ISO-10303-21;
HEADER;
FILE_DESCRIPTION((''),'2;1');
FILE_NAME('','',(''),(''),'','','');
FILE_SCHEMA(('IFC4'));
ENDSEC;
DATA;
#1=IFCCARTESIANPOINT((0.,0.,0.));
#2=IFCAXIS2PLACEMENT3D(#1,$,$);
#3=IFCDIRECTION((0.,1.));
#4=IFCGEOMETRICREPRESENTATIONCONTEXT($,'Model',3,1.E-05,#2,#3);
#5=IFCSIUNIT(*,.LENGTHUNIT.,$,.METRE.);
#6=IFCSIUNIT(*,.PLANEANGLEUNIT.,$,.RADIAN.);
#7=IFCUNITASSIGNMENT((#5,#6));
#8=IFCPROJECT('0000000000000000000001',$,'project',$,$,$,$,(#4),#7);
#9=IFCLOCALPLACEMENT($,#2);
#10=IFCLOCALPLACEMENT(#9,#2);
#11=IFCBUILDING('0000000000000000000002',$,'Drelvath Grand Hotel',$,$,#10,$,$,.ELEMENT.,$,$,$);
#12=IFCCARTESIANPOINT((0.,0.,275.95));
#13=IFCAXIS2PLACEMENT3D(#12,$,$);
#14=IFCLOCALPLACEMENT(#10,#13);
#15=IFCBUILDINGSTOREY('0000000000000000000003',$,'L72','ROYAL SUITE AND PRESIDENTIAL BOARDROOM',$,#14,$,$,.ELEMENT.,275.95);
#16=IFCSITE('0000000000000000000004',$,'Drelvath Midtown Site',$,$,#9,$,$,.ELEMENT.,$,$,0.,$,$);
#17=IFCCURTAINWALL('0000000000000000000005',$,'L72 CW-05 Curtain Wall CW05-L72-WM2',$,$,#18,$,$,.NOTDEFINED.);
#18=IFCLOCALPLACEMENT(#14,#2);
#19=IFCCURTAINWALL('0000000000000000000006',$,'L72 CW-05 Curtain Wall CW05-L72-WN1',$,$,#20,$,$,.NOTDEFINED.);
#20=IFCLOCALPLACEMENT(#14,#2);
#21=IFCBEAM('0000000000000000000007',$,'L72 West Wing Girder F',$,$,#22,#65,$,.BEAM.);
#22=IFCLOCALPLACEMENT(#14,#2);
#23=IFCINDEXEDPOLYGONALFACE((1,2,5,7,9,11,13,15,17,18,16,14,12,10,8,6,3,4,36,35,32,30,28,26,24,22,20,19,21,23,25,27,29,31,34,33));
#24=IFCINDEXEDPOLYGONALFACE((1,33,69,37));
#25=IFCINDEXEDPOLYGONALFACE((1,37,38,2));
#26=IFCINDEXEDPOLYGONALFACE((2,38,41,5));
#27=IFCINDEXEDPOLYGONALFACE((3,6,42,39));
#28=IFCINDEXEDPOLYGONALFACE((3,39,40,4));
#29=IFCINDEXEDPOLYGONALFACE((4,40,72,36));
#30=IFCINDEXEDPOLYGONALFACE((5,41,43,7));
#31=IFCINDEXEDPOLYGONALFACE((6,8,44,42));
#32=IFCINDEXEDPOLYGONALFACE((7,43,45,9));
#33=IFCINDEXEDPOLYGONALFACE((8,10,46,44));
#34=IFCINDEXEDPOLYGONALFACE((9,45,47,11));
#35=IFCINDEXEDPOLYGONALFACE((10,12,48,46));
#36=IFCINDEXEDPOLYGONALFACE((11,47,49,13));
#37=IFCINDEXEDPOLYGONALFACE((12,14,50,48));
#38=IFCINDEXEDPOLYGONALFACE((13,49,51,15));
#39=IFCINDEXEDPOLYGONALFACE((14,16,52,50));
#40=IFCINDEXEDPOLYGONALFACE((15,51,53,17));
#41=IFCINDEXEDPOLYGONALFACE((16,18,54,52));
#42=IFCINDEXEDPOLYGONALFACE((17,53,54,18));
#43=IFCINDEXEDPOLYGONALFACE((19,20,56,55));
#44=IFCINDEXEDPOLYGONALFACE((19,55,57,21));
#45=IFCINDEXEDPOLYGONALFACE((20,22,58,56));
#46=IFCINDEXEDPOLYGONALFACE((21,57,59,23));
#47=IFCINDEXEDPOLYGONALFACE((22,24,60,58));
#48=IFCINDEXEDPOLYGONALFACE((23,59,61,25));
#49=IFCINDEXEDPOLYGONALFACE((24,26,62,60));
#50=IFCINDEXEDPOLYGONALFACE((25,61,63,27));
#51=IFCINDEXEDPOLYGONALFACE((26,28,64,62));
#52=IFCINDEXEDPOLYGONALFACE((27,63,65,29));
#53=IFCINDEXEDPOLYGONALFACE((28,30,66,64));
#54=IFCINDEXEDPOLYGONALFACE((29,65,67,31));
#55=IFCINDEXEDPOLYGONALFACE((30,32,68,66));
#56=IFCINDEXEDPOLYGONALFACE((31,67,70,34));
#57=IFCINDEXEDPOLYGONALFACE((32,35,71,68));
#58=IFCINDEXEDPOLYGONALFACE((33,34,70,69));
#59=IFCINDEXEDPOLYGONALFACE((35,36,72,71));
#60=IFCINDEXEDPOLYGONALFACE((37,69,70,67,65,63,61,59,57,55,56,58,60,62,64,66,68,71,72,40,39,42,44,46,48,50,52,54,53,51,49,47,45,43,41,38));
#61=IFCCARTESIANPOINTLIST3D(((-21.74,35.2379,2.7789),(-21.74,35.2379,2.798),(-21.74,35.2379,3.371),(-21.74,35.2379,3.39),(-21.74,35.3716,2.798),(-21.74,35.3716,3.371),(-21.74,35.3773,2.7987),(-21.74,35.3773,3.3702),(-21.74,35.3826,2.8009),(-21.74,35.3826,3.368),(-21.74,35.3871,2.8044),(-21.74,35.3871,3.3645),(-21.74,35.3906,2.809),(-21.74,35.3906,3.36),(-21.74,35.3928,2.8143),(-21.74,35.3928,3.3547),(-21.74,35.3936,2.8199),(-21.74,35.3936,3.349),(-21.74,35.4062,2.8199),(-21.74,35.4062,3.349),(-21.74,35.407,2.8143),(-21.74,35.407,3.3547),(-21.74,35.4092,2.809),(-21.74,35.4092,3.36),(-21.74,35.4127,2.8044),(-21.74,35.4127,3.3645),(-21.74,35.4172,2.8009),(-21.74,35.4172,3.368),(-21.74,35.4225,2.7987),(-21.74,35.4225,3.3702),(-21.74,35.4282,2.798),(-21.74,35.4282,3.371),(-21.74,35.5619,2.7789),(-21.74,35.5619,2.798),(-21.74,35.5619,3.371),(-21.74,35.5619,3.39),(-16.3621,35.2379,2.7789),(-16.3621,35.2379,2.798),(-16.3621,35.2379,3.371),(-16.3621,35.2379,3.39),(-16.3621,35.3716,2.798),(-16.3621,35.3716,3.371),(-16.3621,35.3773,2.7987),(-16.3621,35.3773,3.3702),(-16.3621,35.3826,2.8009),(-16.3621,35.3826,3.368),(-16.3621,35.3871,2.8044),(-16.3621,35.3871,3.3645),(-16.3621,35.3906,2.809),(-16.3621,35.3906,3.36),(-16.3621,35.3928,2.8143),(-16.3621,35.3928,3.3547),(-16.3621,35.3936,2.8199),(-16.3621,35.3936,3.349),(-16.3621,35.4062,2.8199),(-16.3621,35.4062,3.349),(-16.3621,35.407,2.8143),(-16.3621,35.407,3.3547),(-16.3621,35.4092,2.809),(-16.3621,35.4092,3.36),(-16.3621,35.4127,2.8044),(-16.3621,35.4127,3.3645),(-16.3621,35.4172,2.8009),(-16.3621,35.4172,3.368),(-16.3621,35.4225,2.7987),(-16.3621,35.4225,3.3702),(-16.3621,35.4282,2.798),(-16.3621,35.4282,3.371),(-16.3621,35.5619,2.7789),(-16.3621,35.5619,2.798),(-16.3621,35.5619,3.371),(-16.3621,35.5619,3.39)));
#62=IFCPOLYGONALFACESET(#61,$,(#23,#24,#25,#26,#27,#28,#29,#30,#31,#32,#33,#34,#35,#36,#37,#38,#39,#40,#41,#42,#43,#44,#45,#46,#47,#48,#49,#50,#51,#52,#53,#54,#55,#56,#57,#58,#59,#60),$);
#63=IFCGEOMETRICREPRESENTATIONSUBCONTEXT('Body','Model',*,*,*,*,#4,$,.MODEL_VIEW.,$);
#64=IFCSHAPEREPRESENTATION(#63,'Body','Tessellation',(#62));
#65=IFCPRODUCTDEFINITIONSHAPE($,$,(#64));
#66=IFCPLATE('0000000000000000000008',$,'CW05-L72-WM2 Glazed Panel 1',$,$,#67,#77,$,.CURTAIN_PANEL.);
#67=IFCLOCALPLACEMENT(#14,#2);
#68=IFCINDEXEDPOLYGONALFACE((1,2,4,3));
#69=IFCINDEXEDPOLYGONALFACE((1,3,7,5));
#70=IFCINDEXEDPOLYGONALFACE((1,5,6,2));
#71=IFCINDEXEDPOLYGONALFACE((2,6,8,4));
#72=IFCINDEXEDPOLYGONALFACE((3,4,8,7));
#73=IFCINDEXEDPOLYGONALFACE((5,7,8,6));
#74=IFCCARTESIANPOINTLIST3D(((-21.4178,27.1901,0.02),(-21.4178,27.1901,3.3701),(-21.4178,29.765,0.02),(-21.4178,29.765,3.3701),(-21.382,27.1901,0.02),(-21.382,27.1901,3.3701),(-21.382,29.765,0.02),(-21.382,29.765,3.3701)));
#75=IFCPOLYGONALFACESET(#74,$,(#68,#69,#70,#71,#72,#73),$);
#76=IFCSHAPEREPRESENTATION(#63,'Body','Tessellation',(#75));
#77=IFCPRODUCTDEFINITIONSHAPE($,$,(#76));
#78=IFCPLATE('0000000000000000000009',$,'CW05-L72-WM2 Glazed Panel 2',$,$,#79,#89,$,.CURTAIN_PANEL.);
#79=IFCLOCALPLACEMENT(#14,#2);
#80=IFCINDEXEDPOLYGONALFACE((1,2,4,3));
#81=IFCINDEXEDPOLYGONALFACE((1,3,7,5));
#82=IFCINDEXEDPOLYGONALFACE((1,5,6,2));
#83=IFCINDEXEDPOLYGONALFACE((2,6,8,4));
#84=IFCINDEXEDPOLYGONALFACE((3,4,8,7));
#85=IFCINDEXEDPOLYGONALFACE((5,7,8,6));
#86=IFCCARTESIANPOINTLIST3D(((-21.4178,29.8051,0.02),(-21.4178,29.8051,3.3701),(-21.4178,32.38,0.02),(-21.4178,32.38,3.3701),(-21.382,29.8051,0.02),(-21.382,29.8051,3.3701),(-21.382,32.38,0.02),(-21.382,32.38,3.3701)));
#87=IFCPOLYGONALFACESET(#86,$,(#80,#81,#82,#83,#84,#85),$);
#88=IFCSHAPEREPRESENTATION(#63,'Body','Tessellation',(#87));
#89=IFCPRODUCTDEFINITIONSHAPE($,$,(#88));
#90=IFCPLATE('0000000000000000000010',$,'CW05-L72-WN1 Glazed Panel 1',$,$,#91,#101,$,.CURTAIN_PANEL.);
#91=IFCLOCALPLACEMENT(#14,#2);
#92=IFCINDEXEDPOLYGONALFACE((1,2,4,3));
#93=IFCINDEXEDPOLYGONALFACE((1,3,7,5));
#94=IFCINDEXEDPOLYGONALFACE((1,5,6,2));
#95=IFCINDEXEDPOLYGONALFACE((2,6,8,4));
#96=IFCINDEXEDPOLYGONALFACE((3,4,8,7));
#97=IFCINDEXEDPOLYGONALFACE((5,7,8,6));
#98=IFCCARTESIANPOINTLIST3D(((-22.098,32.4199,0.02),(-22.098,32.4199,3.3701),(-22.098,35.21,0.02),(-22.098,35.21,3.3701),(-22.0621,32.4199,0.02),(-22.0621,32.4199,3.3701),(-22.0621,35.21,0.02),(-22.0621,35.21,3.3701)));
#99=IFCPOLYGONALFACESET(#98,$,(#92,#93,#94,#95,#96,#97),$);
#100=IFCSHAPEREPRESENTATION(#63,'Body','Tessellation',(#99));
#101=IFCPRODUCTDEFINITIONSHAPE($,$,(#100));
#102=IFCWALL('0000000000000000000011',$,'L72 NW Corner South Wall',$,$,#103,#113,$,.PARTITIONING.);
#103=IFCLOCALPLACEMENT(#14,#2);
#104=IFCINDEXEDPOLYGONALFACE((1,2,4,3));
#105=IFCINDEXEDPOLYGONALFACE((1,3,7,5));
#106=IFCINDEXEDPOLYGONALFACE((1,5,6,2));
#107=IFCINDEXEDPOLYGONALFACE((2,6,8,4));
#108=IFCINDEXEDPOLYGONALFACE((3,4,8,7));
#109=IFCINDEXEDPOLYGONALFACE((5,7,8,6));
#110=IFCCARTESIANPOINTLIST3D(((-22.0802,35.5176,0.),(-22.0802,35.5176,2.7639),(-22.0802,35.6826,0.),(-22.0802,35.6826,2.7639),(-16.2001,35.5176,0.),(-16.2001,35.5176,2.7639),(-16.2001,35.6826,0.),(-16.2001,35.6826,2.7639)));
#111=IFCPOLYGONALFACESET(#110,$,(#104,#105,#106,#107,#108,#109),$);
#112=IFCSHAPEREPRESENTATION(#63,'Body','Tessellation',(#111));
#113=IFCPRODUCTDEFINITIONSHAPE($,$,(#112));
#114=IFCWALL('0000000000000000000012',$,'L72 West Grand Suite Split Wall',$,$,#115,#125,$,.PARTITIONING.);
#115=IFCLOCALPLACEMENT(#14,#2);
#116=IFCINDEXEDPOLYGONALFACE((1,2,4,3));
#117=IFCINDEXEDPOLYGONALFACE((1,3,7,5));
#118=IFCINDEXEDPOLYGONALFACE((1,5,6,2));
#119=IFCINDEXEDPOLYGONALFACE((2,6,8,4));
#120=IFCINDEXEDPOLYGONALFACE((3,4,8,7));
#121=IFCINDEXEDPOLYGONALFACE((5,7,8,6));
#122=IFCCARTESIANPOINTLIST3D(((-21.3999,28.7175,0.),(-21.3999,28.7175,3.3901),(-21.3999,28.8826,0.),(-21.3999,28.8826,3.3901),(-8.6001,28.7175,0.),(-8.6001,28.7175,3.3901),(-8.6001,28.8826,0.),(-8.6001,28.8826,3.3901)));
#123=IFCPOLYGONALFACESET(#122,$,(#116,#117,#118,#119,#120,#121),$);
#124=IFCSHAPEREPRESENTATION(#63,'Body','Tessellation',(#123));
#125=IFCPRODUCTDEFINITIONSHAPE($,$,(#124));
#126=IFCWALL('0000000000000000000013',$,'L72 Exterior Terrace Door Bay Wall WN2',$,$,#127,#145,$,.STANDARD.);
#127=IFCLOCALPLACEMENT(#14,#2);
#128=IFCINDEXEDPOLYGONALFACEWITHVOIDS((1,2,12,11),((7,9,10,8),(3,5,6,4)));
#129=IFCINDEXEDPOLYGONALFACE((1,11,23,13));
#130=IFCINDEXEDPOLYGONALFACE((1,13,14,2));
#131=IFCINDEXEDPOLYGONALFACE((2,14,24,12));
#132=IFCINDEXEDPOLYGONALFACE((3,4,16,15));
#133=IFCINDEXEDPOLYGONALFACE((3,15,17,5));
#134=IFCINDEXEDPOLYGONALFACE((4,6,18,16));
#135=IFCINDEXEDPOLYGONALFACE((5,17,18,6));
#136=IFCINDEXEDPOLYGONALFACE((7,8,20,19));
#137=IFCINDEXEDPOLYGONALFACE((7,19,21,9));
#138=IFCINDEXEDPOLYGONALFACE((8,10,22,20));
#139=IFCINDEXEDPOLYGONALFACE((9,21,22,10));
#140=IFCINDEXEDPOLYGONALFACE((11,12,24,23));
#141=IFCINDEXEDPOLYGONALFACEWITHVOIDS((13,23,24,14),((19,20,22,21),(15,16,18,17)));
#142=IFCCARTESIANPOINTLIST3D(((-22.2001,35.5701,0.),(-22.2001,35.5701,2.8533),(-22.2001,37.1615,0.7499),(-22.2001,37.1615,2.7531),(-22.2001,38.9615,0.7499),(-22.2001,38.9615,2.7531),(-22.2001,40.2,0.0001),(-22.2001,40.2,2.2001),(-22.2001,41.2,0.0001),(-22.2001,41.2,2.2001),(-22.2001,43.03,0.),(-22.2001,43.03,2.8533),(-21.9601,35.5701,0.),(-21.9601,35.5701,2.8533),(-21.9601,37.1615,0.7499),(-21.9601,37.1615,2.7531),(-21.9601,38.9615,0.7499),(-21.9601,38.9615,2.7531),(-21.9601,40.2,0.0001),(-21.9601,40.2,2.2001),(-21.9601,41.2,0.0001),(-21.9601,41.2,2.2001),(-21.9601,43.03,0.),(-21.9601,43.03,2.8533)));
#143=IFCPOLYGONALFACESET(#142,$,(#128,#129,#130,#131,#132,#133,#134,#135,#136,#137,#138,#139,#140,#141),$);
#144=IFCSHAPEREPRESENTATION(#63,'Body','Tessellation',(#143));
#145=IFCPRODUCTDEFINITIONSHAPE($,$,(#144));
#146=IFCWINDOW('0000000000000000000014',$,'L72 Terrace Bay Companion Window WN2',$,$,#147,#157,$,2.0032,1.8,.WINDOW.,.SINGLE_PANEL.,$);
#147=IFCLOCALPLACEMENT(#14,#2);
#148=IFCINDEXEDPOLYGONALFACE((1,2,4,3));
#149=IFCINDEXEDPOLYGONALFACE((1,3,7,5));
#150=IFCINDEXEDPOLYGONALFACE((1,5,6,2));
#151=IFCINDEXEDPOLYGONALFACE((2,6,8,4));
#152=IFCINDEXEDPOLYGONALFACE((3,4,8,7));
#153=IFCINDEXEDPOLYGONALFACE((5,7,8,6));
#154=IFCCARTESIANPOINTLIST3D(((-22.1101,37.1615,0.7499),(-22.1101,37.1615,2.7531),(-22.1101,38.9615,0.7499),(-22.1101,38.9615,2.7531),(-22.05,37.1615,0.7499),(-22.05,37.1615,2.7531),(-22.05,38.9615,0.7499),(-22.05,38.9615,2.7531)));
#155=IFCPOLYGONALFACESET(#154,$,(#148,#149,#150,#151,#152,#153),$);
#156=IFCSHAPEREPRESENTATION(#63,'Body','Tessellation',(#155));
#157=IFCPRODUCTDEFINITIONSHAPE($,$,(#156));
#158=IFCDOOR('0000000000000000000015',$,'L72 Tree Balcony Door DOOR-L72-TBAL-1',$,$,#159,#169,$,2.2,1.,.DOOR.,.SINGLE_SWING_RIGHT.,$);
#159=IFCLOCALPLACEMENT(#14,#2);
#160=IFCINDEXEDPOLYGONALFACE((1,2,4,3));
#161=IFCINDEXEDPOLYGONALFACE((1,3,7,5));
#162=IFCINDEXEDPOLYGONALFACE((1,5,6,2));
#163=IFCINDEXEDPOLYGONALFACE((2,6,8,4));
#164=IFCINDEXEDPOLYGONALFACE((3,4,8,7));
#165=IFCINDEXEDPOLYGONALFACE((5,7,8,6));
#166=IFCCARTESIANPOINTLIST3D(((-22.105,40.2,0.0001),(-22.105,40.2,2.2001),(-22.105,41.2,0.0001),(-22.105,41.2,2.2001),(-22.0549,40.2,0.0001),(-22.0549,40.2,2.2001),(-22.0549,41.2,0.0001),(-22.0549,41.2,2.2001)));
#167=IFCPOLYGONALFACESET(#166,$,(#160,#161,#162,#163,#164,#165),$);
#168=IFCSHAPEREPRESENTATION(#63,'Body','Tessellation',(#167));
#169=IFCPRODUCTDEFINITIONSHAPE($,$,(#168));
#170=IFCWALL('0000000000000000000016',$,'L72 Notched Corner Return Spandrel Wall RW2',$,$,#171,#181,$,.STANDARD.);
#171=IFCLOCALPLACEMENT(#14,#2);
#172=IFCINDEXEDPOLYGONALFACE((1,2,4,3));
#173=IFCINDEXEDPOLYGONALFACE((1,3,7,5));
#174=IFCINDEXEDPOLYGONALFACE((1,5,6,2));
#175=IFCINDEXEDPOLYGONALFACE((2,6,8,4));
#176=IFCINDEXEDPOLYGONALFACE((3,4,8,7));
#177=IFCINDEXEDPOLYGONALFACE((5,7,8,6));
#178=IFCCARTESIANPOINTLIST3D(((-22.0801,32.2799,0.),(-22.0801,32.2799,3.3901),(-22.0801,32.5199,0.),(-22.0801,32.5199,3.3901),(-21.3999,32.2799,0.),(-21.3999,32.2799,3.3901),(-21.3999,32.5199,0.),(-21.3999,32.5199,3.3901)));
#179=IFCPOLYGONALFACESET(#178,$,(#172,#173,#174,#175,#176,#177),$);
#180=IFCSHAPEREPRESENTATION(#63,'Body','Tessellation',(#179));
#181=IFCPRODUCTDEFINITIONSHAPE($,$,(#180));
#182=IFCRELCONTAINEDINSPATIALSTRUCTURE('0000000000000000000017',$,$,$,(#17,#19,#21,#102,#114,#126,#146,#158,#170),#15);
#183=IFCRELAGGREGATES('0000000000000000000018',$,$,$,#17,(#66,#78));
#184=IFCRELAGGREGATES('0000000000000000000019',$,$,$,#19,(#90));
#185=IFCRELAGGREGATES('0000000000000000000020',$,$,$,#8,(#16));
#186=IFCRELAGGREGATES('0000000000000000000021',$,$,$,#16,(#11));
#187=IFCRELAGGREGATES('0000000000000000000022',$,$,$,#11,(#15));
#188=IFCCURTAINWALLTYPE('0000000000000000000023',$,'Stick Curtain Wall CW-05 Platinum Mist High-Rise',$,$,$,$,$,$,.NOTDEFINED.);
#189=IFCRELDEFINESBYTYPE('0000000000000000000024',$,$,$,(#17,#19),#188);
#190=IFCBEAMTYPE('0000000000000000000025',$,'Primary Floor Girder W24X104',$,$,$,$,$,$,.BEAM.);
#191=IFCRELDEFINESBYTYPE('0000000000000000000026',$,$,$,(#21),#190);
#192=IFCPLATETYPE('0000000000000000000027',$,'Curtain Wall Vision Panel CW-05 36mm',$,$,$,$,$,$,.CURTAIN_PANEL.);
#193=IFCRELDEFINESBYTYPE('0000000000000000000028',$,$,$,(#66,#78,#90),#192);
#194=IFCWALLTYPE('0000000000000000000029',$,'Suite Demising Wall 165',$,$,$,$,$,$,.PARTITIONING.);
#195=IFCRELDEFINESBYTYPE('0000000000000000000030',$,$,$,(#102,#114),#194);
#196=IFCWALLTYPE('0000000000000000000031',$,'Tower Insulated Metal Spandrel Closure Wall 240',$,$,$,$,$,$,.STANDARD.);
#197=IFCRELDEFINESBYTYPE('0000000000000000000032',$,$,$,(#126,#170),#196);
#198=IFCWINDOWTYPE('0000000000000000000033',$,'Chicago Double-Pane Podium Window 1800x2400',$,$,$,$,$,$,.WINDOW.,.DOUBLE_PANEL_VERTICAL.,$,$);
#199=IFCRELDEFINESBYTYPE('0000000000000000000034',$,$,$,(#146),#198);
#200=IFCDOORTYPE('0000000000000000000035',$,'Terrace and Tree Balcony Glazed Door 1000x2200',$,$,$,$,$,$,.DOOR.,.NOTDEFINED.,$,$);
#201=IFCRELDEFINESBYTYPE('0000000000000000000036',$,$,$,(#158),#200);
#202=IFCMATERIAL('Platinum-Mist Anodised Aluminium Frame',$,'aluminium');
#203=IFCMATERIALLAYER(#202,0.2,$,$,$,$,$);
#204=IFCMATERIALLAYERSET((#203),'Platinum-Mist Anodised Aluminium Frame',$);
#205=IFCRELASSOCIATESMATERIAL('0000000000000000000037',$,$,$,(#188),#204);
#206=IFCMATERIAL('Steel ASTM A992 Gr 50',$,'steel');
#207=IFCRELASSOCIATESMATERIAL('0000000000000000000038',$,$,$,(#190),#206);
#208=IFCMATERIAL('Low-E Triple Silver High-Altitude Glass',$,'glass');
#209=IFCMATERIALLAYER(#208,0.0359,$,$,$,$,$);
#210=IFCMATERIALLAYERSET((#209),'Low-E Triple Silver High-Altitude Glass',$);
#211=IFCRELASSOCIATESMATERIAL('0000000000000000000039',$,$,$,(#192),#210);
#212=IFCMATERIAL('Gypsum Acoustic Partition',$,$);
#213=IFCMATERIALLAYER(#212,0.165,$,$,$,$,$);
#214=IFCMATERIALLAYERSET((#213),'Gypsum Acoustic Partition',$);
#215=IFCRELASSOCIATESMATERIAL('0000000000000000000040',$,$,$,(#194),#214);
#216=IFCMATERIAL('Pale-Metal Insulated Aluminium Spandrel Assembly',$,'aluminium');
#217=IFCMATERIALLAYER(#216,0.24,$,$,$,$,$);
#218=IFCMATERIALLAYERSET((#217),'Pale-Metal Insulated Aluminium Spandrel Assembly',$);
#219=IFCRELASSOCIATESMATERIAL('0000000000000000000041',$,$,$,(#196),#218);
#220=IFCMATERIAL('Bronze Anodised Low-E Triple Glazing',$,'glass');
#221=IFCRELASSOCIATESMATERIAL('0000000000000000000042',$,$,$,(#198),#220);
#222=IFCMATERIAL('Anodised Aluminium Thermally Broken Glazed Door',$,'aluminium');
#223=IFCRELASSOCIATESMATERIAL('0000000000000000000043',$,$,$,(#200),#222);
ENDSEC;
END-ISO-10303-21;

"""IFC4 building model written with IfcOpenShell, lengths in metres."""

from ifc_helpers import new_model, si_unit, direction, frame, frame_2d, origin, origin_2d, place, context, subcontext, project, spatial, rectangle, i_section, extrude, material, layer, layer_set, material_profile, profile_set, type_object, element, fill, aggregate, save


model = new_model("IFC4")

# Units and contexts
model_context = context("Model", 3, precision=1e-05, world=origin(), true_north=direction((0.0, 1.0)))
body_context = subcontext(model_context, "Body", "Model", "MODEL_VIEW")
ifc_project = project(units=[si_unit("LENGTHUNIT", "METRE"), si_unit("PLANEANGLEUNIT", "RADIAN")], contexts=[model_context])

# Site, building, storey
site_placement = place(None, origin())
site = spatial("IfcSite", under=ifc_project, at=site_placement, Name="Drelvath Midtown Site", CompositionType="ELEMENT", RefElevation=0.0)
building_placement = place(site_placement, origin())
building = spatial("IfcBuilding", under=site, at=building_placement, Name="Drelvath Grand Hotel", CompositionType="ELEMENT")
storey_placement = place(building_placement, frame((0.0, 0.0, 275.95)))
storey = spatial("IfcBuildingStorey", under=building, at=storey_placement, Name="L72", Description="ROYAL SUITE AND PRESIDENTIAL BOARDROOM", CompositionType="ELEMENT", Elevation=275.95)

# Curtain walls
ifc_material_1 = material(Name="Platinum-Mist Anodised Aluminium Frame", Category="aluminium")
ifc_layer_1 = layer(ifc_material_1, 0.2)
ifc_layer_set_1 = layer_set([ifc_layer_1], Name="Platinum-Mist Anodised Aluminium Frame")
curtain_wall_type = type_object("IfcCurtainWallType", Name="Stick Curtain Wall CW-05 Platinum Mist High-Rise", PredefinedType="NOTDEFINED", material=ifc_layer_set_1)
curtain_wall_1_placement = place(storey_placement, origin())
curtain_wall_1 = element("IfcCurtainWall", 1, at=curtain_wall_1_placement, inside=storey, type_object=curtain_wall_type, Name="L72 CW-05 Curtain Wall CW05-L72-WM2", PredefinedType="NOTDEFINED")
curtain_wall_2_placement = place(storey_placement, origin())
curtain_wall_2 = element("IfcCurtainWall", 2, at=curtain_wall_2_placement, inside=storey, type_object=curtain_wall_type, Name="L72 CW-05 Curtain Wall CW05-L72-WN1", PredefinedType="NOTDEFINED")

# Beam
ifc_material_2 = material(Name="Steel ASTM A992 Gr 50", Category="steel")
ifc_material_profile_1 = material_profile(ifc_material_2, i_section(OverallWidth=0.324, OverallDepth=0.6111, WebThickness=0.0127, FlangeThickness=0.019, FilletRadius=0.022, at=origin_2d()), Name="W24X104")
ifc_profile_set_1 = profile_set([ifc_material_profile_1], Name="Steel ASTM A992 Gr 50")
beam_type_1 = type_object("IfcBeamType", Name="Primary Floor Girder W24X104", PredefinedType="BEAM", material=ifc_profile_set_1)
beam_1_placement = place(storey_placement, frame((-21.74, 35.3999, 3.0845), z_axis=(1.0, 0.0, 0.0), x_axis=(0.0, 1.0, 0.0)))
element("IfcBeam", 3, at=beam_1_placement, inside=storey, type_object=beam_type_1, Name="L72 West Wing Girder F", PredefinedType="BEAM", context=body_context, shape_type="SweptSolid", body=[
    extrude(i_section(OverallWidth=0.324, OverallDepth=0.6111, WebThickness=0.0127, FlangeThickness=0.019, FilletRadius=0.022, at=origin_2d()), origin(), (0.0, 0.0, 1.0), 5.3779),
])

# Plates
ifc_material_3 = material(Name="Low-E Triple Silver High-Altitude Glass", Category="glass")
ifc_layer_2 = layer(ifc_material_3, 0.0359)
ifc_layer_set_2 = layer_set([ifc_layer_2], Name="Low-E Triple Silver High-Altitude Glass")
plate_type = type_object("IfcPlateType", Name="Curtain Wall Vision Panel CW-05 36mm", PredefinedType="CURTAIN_PANEL", material=ifc_layer_set_2)
plate_1_placement = place(storey_placement, frame((-21.3999, 28.4775, 0.02), z_axis=(0.0, 0.0, 1.0), x_axis=(0.0, 1.0, 0.0)))
plate_1 = element("IfcPlate", 4, at=plate_1_placement, type_object=plate_type, Name="CW05-L72-WM2 Glazed Panel 1", PredefinedType="CURTAIN_PANEL", context=body_context, shape_type="SweptSolid", body=[
    extrude(rectangle(XDim=2.575, YDim=0.0359, at=origin_2d()), origin(), (0.0, 0.0, 1.0), 3.3501),
])
plate_2_placement = place(storey_placement, frame((-21.3999, 31.0925, 0.02), z_axis=(0.0, 0.0, 1.0), x_axis=(0.0, 1.0, 0.0)))
plate_2 = element("IfcPlate", 5, at=plate_2_placement, type_object=plate_type, Name="CW05-L72-WM2 Glazed Panel 2", PredefinedType="CURTAIN_PANEL", context=body_context, shape_type="SweptSolid", body=[
    extrude(rectangle(XDim=2.575, YDim=0.0359, at=origin_2d()), origin(), (0.0, 0.0, 1.0), 3.3501),
])
aggregate(curtain_wall_1, [plate_1, plate_2])
plate_3_placement = place(storey_placement, frame((-22.0801, 33.8149, 0.02), z_axis=(0.0, 0.0, 1.0), x_axis=(0.0, 1.0, 0.0)))
plate_3 = element("IfcPlate", 6, at=plate_3_placement, type_object=plate_type, Name="CW05-L72-WN1 Glazed Panel 1", PredefinedType="CURTAIN_PANEL", context=body_context, shape_type="SweptSolid", body=[
    extrude(rectangle(XDim=2.79, YDim=0.0359, at=origin_2d()), origin(), (0.0, 0.0, 1.0), 3.3501),
])
aggregate(curtain_wall_2, [plate_3])

# Walls
ifc_material_4 = material(Name="Gypsum Acoustic Partition")
ifc_layer_3 = layer(ifc_material_4, 0.165)
ifc_layer_set_3 = layer_set([ifc_layer_3], Name="Gypsum Acoustic Partition")
wall_type_1 = type_object("IfcWallType", Name="Suite Demising Wall 165", PredefinedType="PARTITIONING", material=ifc_layer_set_3)
wall_1_placement = place(storey_placement, frame((-22.0801, 35.6001, 0.0), z_axis=(0.0, 0.0, 1.0), x_axis=(1.0, 0.0, 0.0)))
element("IfcWall", 7, at=wall_1_placement, inside=storey, type_object=wall_type_1, Name="L72 NW Corner South Wall", PredefinedType="PARTITIONING", context=body_context, shape_type="SweptSolid", body=[
    extrude(rectangle(XDim=5.8801, YDim=0.165, at=frame_2d((2.9399, 0.0))), origin(), (0.0, 0.0, 1.0), 2.7639),
])
wall_2_placement = place(storey_placement, frame((-21.3999, 28.8, 0.0), z_axis=(0.0, 0.0, 1.0), x_axis=(1.0, 0.0, 0.0)))
element("IfcWall", 8, at=wall_2_placement, inside=storey, type_object=wall_type_1, Name="L72 West Grand Suite Split Wall", PredefinedType="PARTITIONING", context=body_context, shape_type="SweptSolid", body=[
    extrude(rectangle(XDim=12.7998, YDim=0.165, at=frame_2d((6.3999, 0.0))), origin(), (0.0, 0.0, 1.0), 3.3901),
])

# Wall, openings, window, door
ifc_material_5 = material(Name="Pale-Metal Insulated Aluminium Spandrel Assembly", Category="aluminium")
ifc_layer_4 = layer(ifc_material_5, 0.24)
ifc_layer_set_4 = layer_set([ifc_layer_4], Name="Pale-Metal Insulated Aluminium Spandrel Assembly")
wall_type_2 = type_object("IfcWallType", Name="Tower Insulated Metal Spandrel Closure Wall 240", PredefinedType="STANDARD", material=ifc_layer_set_4)
wall_3_placement = place(storey_placement, frame((-22.0801, 35.5701, 0.0), z_axis=(0.0, 0.0, 1.0), x_axis=(0.0, 1.0, 0.0)))
wall_3 = element("IfcWall", 9, at=wall_3_placement, inside=storey, type_object=wall_type_2, Name="L72 Exterior Terrace Door Bay Wall WN2", PredefinedType="STANDARD", context=body_context, shape_type="SweptSolid", body=[
    extrude(rectangle(XDim=7.46, YDim=0.24, at=frame_2d((3.73, 0.0))), origin(), (0.0, 0.0, 1.0), 2.8533),
])
opening_1_placement = place(wall_3_placement, frame((4.6299, 0.0, 0.0)))
opening_1 = element("IfcOpeningElement", 10, at=opening_1_placement, cuts=wall_3, PredefinedType="OPENING", context=body_context, shape_type="SweptSolid", body=[
    extrude(rectangle(XDim=1.0, YDim=2.2, at=frame_2d((0.5, 1.1001))), frame((0.0, 0.1299, 0.0), z_axis=(0.0, -1.0, 0.0), x_axis=(1.0, 0.0, 0.0)), (0.0, 0.0, 1.0), 0.26),
])
opening_2_placement = place(wall_3_placement, frame((1.5916, 0.0, 0.75)))
opening_2 = element("IfcOpeningElement", 11, at=opening_2_placement, cuts=wall_3, PredefinedType="OPENING", context=body_context, shape_type="SweptSolid", body=[
    extrude(rectangle(XDim=1.8, YDim=2.0032, at=frame_2d((0.8999, 1.0015))), frame((0.0, 0.1299, 0.0), z_axis=(0.0, -1.0, 0.0), x_axis=(1.0, 0.0, 0.0)), (0.0, 0.0, 1.0), 0.26),
])
ifc_material_6 = material(Name="Bronze Anodised Low-E Triple Glazing", Category="glass")
window_type = type_object("IfcWindowType", Name="Chicago Double-Pane Podium Window 1800x2400", PartitioningType="DOUBLE_PANEL_VERTICAL", PredefinedType="WINDOW", material=ifc_material_6)
window_placement = place(opening_2_placement, origin())
window = element("IfcWindow", 12, at=window_placement, inside=storey, type_object=window_type, Name="L72 Terrace Bay Companion Window WN2", OverallHeight=2.0032, OverallWidth=1.8, PartitioningType="SINGLE_PANEL", PredefinedType="WINDOW", context=body_context, shape_type="SweptSolid", body=[
    extrude(rectangle(XDim=1.8, YDim=2.0032, at=frame_2d((0.8999, 1.0015))), frame((0.0, 0.03, 0.0), z_axis=(0.0, -1.0, 0.0), x_axis=(1.0, 0.0, 0.0)), (0.0, 0.0, 1.0), 0.0601),
])
fill(opening_2, window)
ifc_material_7 = material(Name="Anodised Aluminium Thermally Broken Glazed Door", Category="aluminium")
door_type = type_object("IfcDoorType", Name="Terrace and Tree Balcony Glazed Door 1000x2200", OperationType="NOTDEFINED", PredefinedType="DOOR", material=ifc_material_7)
door_placement = place(opening_1_placement, origin())
door = element("IfcDoor", 13, at=door_placement, inside=storey, type_object=door_type, Name="L72 Tree Balcony Door DOOR-L72-TBAL-1", OperationType="SINGLE_SWING_RIGHT", OverallHeight=2.2, OverallWidth=1.0, PredefinedType="DOOR", context=body_context, shape_type="SweptSolid", body=[
    extrude(rectangle(XDim=1.0, YDim=2.2, at=frame_2d((0.5, 1.1001))), frame((0.0, 0.0249, 0.0), z_axis=(0.0, -1.0, 0.0), x_axis=(1.0, 0.0, 0.0)), (0.0, 0.0, 1.0), 0.05),
])
fill(opening_1, door)

# Wall
wall_4_placement = place(storey_placement, frame((-21.3999, 32.3999, 0.0), z_axis=(0.0, 0.0, 1.0), x_axis=(-1.0, 0.0, 0.0)))
element("IfcWall", 14, at=wall_4_placement, inside=storey, type_object=wall_type_2, Name="L72 Notched Corner Return Spandrel Wall RW2", PredefinedType="STANDARD", context=body_context, shape_type="SweptSolid", body=[
    extrude(rectangle(XDim=0.6802, YDim=0.24, at=frame_2d((0.3401, 0.0))), origin(), (0.0, 0.0, 1.0), 3.3901),
])

save(model, "model.ifc")
